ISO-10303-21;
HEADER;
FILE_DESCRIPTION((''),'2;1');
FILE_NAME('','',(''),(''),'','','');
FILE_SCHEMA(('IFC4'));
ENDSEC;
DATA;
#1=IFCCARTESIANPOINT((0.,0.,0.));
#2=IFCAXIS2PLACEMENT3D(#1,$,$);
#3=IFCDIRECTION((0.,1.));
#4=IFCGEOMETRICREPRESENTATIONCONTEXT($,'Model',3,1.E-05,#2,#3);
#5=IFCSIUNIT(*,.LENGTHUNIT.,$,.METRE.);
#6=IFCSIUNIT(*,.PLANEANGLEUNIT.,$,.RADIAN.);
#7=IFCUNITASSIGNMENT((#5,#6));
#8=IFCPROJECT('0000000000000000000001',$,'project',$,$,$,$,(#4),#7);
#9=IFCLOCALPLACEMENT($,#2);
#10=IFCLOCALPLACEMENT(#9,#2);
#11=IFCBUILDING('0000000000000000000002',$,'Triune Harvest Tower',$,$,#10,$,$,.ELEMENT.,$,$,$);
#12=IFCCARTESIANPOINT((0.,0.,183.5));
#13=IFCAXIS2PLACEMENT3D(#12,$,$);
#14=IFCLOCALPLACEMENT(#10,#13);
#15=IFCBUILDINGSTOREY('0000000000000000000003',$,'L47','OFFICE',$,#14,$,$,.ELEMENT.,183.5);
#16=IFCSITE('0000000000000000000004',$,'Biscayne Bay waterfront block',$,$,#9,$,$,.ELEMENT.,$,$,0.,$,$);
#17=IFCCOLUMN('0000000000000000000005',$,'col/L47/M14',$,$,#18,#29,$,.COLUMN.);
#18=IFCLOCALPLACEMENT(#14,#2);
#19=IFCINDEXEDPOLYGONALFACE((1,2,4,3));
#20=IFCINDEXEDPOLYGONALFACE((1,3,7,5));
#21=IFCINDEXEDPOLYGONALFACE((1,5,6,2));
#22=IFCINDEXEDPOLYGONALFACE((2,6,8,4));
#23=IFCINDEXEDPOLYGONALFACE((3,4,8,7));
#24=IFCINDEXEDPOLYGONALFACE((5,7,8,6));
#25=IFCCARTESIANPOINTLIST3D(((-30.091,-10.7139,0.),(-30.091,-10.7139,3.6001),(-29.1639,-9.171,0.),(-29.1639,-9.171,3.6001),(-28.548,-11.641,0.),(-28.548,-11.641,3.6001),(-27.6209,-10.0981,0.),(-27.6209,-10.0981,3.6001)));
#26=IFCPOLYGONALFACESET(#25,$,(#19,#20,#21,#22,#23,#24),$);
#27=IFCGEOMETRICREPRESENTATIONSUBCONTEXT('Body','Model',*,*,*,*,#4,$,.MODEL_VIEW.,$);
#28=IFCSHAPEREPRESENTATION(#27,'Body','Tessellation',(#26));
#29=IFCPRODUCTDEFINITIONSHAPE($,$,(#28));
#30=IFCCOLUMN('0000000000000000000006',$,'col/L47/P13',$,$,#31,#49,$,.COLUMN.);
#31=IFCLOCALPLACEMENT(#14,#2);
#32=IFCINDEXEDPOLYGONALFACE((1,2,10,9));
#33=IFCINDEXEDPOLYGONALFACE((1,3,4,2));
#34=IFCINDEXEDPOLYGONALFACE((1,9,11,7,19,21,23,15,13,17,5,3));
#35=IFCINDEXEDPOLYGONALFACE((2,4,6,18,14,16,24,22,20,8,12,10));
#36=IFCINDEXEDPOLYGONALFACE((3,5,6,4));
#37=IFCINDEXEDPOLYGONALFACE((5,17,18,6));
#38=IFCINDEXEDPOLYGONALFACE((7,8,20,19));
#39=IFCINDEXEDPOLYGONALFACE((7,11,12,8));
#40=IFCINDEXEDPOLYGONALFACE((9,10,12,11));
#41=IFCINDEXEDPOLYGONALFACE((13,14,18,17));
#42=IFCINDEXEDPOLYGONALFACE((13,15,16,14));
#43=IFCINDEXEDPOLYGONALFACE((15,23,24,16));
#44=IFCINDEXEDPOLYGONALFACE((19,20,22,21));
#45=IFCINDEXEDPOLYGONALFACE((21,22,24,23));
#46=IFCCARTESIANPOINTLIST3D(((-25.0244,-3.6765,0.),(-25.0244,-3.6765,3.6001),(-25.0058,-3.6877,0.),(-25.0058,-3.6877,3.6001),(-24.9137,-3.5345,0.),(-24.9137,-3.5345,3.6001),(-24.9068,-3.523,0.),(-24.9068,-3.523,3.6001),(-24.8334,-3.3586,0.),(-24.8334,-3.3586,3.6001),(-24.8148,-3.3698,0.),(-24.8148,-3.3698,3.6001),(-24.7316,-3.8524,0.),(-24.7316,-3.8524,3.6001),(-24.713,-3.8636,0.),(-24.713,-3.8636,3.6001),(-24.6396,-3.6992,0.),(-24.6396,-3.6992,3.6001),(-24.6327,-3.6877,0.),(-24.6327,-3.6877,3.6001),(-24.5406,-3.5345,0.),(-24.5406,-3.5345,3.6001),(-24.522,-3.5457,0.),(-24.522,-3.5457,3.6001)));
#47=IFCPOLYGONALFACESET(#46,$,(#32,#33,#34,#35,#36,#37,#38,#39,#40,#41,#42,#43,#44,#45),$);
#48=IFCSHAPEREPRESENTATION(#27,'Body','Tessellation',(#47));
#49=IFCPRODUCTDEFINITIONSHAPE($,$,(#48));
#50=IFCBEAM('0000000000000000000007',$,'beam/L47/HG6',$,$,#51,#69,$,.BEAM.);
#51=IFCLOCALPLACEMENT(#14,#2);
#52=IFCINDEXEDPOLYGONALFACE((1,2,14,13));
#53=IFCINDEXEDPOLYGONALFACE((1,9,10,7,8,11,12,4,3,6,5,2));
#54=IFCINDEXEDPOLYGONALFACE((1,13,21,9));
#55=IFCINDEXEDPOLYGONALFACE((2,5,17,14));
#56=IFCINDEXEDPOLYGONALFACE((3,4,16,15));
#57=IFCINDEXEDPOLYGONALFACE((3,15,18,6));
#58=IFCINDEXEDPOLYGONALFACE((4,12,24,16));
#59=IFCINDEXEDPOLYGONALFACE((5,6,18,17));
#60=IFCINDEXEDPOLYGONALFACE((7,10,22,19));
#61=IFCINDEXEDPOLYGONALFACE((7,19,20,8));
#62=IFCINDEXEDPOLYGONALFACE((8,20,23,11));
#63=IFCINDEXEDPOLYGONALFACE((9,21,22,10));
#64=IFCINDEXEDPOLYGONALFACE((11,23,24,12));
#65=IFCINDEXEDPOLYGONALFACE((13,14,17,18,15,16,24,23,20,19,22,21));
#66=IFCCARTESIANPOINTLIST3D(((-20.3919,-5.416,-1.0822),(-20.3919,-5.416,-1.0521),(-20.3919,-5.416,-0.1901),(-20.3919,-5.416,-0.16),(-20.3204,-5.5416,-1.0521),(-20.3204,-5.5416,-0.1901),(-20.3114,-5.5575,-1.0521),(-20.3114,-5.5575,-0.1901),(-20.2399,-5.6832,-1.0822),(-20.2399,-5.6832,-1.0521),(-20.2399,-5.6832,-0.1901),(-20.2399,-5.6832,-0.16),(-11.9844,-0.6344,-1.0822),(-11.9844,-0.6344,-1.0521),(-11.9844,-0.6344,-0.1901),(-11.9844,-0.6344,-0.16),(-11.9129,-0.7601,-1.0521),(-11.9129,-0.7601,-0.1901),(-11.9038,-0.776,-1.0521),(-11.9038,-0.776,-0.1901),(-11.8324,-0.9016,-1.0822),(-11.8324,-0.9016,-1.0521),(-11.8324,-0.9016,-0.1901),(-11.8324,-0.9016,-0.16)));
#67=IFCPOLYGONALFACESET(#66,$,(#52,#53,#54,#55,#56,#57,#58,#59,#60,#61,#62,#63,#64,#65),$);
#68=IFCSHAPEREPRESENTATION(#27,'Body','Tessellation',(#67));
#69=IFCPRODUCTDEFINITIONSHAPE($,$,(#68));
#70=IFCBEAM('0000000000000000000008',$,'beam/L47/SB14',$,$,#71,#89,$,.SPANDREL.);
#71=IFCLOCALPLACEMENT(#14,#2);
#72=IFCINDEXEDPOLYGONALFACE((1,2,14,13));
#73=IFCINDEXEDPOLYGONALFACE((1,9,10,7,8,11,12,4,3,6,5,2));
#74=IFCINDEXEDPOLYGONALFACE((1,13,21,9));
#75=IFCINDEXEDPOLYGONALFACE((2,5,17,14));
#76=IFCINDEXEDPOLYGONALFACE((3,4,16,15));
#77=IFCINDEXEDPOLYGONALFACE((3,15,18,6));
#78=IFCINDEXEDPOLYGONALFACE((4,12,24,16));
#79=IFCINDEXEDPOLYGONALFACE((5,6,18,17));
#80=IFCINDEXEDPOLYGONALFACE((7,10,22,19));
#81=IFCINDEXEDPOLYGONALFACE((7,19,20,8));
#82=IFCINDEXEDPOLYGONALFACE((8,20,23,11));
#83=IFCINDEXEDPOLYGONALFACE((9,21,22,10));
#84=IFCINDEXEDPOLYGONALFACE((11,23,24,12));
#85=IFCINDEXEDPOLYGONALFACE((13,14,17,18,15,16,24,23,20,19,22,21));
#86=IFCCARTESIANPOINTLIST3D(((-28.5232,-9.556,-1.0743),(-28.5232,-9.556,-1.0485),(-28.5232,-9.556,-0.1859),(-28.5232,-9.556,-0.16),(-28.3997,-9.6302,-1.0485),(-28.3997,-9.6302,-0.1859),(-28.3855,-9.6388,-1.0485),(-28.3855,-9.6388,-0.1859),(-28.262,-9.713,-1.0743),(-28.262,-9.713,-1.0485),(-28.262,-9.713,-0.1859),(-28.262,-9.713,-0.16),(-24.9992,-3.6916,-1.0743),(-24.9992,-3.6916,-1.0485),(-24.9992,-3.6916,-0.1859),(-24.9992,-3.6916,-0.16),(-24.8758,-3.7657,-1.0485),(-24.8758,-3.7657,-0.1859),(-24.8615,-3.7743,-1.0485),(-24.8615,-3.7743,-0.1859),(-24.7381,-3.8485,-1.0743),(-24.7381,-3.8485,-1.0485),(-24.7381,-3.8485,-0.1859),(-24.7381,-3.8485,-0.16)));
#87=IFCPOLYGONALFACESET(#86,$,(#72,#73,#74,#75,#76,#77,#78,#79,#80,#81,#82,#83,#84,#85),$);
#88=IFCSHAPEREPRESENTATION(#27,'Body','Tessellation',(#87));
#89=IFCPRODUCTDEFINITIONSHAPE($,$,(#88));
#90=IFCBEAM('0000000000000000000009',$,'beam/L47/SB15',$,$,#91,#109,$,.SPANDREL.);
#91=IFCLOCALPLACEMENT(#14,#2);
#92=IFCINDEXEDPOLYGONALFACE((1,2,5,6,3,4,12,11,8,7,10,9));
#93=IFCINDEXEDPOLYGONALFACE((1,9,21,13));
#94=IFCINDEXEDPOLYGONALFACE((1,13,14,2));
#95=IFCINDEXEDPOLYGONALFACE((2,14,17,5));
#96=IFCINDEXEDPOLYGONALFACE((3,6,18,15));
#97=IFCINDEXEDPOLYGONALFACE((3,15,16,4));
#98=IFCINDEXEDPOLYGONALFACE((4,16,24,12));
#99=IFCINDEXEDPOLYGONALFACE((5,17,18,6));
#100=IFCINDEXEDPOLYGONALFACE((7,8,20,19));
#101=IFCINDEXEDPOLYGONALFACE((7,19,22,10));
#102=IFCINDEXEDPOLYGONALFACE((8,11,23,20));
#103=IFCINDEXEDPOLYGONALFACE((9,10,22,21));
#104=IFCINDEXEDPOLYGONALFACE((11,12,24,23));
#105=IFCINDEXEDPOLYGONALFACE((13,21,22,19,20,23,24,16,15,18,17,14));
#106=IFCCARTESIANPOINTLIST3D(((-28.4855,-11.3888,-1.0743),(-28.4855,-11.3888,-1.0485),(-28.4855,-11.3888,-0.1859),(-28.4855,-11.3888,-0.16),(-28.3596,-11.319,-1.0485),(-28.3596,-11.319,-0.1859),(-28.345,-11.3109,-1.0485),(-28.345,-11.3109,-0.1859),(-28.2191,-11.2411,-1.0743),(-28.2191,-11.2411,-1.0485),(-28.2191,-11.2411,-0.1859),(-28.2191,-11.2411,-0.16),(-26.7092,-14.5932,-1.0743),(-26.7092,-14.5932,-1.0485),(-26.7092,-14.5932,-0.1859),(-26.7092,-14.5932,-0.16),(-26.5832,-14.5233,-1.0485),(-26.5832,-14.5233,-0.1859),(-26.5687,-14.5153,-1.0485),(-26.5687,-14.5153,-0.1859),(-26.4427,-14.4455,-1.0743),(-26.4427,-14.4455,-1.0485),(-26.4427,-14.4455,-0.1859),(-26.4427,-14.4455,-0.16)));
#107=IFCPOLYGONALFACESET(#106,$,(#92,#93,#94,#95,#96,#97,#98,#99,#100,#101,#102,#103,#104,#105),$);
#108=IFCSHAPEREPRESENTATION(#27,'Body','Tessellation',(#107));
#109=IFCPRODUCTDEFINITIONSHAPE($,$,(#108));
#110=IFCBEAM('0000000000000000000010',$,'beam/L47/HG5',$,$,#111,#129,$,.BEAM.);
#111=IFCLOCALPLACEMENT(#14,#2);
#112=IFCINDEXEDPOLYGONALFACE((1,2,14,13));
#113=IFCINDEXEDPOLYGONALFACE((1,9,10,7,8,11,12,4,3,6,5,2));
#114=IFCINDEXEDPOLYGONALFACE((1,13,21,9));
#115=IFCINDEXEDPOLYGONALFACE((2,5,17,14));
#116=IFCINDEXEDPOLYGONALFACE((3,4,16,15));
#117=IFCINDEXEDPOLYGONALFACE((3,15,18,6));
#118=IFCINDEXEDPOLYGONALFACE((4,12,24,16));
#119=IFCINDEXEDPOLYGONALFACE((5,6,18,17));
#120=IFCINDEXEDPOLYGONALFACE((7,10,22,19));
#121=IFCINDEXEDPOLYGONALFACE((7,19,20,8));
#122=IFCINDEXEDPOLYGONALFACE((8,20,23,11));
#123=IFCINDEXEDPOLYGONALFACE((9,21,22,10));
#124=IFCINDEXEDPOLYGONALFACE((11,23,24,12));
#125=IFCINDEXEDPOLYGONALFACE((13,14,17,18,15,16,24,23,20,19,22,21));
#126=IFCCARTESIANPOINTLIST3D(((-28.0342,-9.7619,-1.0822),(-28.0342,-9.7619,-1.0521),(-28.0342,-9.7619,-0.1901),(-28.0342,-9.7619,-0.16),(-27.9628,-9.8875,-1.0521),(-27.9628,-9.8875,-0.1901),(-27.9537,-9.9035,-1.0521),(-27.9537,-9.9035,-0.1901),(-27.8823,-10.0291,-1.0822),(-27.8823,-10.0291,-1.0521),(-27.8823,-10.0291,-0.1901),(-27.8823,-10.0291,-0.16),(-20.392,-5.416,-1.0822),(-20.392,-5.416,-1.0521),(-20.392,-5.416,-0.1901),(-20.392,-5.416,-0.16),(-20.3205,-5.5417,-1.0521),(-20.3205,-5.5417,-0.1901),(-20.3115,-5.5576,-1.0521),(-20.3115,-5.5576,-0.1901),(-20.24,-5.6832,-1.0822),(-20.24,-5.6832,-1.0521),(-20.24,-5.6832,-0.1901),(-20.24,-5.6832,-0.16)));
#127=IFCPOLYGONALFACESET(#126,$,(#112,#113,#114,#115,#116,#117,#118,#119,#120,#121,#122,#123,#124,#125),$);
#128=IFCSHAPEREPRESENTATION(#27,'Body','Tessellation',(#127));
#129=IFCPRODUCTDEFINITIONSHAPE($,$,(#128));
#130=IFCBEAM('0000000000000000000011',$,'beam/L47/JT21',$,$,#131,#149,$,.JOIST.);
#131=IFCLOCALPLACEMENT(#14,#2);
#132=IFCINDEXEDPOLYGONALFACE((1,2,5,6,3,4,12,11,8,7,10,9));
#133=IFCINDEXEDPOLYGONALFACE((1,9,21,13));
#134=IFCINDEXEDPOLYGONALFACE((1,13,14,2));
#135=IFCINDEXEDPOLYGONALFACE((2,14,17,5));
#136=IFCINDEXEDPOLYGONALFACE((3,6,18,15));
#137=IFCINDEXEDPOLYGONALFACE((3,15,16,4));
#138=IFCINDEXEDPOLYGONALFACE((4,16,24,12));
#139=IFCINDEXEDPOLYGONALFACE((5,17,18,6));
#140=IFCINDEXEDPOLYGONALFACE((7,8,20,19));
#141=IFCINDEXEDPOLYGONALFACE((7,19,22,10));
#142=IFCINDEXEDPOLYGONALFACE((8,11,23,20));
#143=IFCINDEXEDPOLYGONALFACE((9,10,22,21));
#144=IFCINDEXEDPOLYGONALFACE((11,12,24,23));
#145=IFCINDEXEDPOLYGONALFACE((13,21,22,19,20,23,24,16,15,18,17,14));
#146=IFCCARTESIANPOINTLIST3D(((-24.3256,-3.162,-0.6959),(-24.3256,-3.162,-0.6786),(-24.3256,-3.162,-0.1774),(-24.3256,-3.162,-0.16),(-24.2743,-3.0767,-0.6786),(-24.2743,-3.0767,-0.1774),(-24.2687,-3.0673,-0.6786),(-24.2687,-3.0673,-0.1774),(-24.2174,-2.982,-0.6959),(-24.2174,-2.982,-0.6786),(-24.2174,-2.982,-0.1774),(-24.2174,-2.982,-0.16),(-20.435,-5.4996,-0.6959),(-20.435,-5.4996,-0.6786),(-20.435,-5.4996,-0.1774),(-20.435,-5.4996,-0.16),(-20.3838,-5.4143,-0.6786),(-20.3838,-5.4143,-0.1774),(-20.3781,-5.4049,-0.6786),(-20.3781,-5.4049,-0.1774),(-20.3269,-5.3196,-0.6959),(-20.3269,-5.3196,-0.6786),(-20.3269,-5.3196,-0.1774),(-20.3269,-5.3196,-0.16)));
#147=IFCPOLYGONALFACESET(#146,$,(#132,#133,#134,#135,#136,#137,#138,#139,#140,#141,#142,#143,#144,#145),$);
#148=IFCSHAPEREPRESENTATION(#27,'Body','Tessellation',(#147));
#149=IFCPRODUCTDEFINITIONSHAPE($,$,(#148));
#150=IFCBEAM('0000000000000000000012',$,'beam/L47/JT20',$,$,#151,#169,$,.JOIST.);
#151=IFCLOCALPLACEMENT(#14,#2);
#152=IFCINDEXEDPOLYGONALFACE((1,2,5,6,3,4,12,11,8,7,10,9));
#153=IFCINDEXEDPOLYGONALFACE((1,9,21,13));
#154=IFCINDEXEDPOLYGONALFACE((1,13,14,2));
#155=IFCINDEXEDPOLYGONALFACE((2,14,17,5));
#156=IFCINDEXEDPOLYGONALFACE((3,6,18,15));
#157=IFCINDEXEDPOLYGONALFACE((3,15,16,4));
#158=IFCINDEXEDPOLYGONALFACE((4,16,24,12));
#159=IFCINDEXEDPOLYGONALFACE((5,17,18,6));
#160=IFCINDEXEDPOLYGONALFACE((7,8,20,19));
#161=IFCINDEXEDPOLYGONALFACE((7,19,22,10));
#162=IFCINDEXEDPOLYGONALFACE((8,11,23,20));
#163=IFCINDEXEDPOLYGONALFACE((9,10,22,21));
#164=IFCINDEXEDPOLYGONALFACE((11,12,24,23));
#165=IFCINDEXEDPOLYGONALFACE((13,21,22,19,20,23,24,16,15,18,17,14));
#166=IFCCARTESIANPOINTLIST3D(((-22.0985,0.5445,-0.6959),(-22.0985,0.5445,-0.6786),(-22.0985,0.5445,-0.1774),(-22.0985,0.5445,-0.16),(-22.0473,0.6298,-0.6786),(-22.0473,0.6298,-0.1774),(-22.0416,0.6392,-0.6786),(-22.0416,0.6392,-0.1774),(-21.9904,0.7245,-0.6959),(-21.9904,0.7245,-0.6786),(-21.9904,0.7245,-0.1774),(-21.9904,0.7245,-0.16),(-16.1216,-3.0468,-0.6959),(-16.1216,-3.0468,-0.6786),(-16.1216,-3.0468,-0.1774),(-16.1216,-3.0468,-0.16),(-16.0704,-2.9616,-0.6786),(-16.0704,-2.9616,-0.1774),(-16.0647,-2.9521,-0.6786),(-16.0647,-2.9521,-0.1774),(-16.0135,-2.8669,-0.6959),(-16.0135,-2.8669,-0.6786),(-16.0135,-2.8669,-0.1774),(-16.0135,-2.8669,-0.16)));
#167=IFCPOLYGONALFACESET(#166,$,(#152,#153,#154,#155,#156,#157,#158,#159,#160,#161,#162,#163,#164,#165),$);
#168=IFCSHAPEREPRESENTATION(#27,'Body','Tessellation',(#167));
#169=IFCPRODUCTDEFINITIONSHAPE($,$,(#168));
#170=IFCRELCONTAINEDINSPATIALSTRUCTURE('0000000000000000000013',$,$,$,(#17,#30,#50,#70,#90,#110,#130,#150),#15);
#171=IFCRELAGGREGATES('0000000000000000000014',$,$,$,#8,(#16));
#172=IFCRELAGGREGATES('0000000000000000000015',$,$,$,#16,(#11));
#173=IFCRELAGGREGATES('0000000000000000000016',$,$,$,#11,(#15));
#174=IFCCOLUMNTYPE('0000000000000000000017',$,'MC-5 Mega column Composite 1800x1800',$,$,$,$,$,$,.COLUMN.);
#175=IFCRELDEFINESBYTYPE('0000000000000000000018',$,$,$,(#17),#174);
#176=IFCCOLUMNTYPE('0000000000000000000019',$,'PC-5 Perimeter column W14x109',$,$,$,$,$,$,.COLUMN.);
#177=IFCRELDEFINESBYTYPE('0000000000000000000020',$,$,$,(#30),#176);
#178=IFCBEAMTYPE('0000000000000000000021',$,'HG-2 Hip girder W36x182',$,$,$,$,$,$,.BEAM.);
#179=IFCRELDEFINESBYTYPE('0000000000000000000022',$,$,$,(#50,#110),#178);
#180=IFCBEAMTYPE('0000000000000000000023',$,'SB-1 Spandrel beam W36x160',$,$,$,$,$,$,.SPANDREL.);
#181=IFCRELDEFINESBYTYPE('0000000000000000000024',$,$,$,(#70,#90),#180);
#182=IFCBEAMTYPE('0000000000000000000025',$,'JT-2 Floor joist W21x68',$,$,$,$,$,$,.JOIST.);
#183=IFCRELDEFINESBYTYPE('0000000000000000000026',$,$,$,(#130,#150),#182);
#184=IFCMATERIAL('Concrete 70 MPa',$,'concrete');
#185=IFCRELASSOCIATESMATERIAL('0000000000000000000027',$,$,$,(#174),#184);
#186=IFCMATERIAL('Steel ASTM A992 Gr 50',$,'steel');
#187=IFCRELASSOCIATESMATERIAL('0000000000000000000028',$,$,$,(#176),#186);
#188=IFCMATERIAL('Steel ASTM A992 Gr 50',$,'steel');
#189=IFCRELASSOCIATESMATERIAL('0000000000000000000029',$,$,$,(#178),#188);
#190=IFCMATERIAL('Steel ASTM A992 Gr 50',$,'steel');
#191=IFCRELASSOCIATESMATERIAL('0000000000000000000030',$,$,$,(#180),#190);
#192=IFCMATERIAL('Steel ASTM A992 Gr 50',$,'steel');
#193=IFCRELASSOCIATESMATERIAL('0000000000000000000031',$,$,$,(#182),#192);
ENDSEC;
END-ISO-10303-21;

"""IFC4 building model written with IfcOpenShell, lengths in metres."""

from ifc_helpers import new_model, si_unit, direction, frame, origin, origin_2d, place, context, subcontext, project, spatial, rectangle, i_section, extrude, source, transform, mapped, material, material_profile, profile_set, type_object, element, save


model = new_model("IFC4")

# Units and contexts
model_context = context("Model", 3, precision=1e-05, world=origin(), true_north=direction((0.0, 1.0)))
body_context = subcontext(model_context, "Body", "Model", "MODEL_VIEW")
ifc_project = project(units=[si_unit("LENGTHUNIT", "METRE"), si_unit("PLANEANGLEUNIT", "RADIAN")], contexts=[model_context])

# Site, building, storey
site_placement = place(None, origin())
site = spatial("IfcSite", under=ifc_project, at=site_placement, Name="Biscayne Bay waterfront block", CompositionType="ELEMENT", RefElevation=0.0)
building_placement = place(site_placement, origin())
building = spatial("IfcBuilding", under=site, at=building_placement, Name="Triune Harvest Tower", CompositionType="ELEMENT")
storey_placement = place(building_placement, frame((0.0, 0.0, 183.5)))
storey = spatial("IfcBuildingStorey", under=building, at=storey_placement, Name="L47", Description="OFFICE", CompositionType="ELEMENT", Elevation=183.5)

# Columns
ifc_material_1 = material(Name="Concrete 70 MPa", Category="concrete")
ifc_material_profile_1 = material_profile(ifc_material_1, rectangle(XDim=1.8, YDim=1.8, at=origin_2d()), Name="Composite 1800x1800")
ifc_profile_set_1 = profile_set([ifc_material_profile_1], Name="Concrete 70 MPa")
column_type_1 = type_object("IfcColumnType", Name="MC-5 Mega column Composite 1800x1800", PredefinedType="COLUMN", material=ifc_profile_set_1)
shared_shape_1 = source(origin(), body_context, "Body", "SweptSolid", [
    extrude(rectangle(XDim=1.8, YDim=1.8, at=origin_2d()), origin(), (0.0, 0.0, 1.0), 3.6001),
])
column_1_placement = place(storey_placement, frame((-28.856, -10.406, 0.0), z_axis=(0.0, 0.0, 1.0), x_axis=(-0.515037, -0.857168, 0.0)))
element("IfcColumn", 1, at=column_1_placement, inside=storey, type_object=column_type_1, Name="col/L47/M14", PredefinedType="COLUMN", context=body_context, shape_type="MappedRepresentation", body=[
    mapped(shared_shape_1, transform((0.0, 0.0, 0.0), scale=1.0)),
])
ifc_material_2 = material(Name="Steel ASTM A992 Gr 50", Category="steel")
ifc_material_profile_2 = material_profile(ifc_material_2, i_section(OverallWidth=0.3708, OverallDepth=0.3633, WebThickness=0.0134, FlangeThickness=0.0217, at=origin_2d()), Name="W14x109")
ifc_profile_set_2 = profile_set([ifc_material_profile_2], Name="Steel ASTM A992 Gr 50")
column_type_2 = type_object("IfcColumnType", Name="PC-5 Perimeter column W14x109", PredefinedType="COLUMN", material=ifc_profile_set_2)
shared_shape_2 = source(origin(), body_context, "Body", "SweptSolid", [
    extrude(i_section(OverallWidth=0.3708, OverallDepth=0.3633, WebThickness=0.0134, FlangeThickness=0.0217, at=origin_2d()), origin(), (0.0, 0.0, 1.0), 3.6001),
])
column_2_placement = place(storey_placement, frame((-24.7732, -3.6111, 0.0), z_axis=(0.0, 0.0, 1.0), x_axis=(-0.515037, -0.857168, 0.0)))
element("IfcColumn", 2, at=column_2_placement, inside=storey, type_object=column_type_2, Name="col/L47/P13", PredefinedType="COLUMN", context=body_context, shape_type="MappedRepresentation", body=[
    mapped(shared_shape_2, transform((0.0, 0.0, 0.0), scale=1.0)),
])

# Beams
ifc_material_3 = material(Name="Steel ASTM A992 Gr 50", Category="steel")
ifc_material_profile_3 = material_profile(ifc_material_3, i_section(OverallWidth=0.3074, OverallDepth=0.9221, WebThickness=0.0183, FlangeThickness=0.03, at=origin_2d()), Name="W36x182")
ifc_profile_set_3 = profile_set([ifc_material_profile_3], Name="Steel ASTM A992 Gr 50")
beam_type_1 = type_object("IfcBeamType", Name="HG-2 Hip girder W36x182", PredefinedType="BEAM", material=ifc_profile_set_3)
shared_shape_3 = source(origin(), body_context, "Body", "SweptSolid", [
    extrude(i_section(OverallWidth=0.3074, OverallDepth=0.9221, WebThickness=0.0183, FlangeThickness=0.03, at=origin_2d()), origin(), (0.0, 0.0, 1.0), 9.6721),
])
beam_1_placement = place(storey_placement, frame((-20.3159, -5.5496, -0.6211), z_axis=(0.869256, 0.494363, 0.0), x_axis=(-0.494363, 0.869256, 0.0)))
element("IfcBeam", 3, at=beam_1_placement, inside=storey, type_object=beam_type_1, Name="beam/L47/HG6", PredefinedType="BEAM", context=body_context, shape_type="MappedRepresentation", body=[
    mapped(shared_shape_3, transform((0.0, 0.0, 0.0), scale=1.0)),
])
ifc_material_4 = material(Name="Steel ASTM A992 Gr 50", Category="steel")
ifc_material_profile_4 = material_profile(ifc_material_4, i_section(OverallWidth=0.3047, OverallDepth=0.9143, WebThickness=0.0166, FlangeThickness=0.0259, at=origin_2d()), Name="W36x160")
ifc_profile_set_4 = profile_set([ifc_material_profile_4], Name="Steel ASTM A992 Gr 50")
beam_type_2 = type_object("IfcBeamType", Name="SB-1 Spandrel beam W36x160", PredefinedType="SPANDREL", material=ifc_profile_set_4)
shared_shape_4 = source(origin(), body_context, "Body", "SweptSolid", [
    extrude(i_section(OverallWidth=0.3047, OverallDepth=0.9143, WebThickness=0.0166, FlangeThickness=0.0259, at=origin_2d()), origin(), (0.0, 0.0, 1.0), 6.8418),
])
beam_2_placement = place(storey_placement, frame((-24.8687, -3.77, -0.6172), z_axis=(-0.515057, -0.857156, 0.0), x_axis=(0.857156, -0.515057, 0.0)))
element("IfcBeam", 4, at=beam_2_placement, inside=storey, type_object=beam_type_2, Name="beam/L47/SB14", PredefinedType="SPANDREL", context=body_context, shape_type="MappedRepresentation", body=[
    mapped(shared_shape_4, transform((0.0, 0.0, 0.0), scale=1.0)),
])
shared_shape_5 = source(origin(), body_context, "Body", "SweptSolid", [
    extrude(i_section(OverallWidth=0.3047, OverallDepth=0.9143, WebThickness=0.0166, FlangeThickness=0.0259, at=origin_2d()), origin(), (0.0, 0.0, 1.0), 3.6638),
])
beam_3_placement = place(storey_placement, frame((-28.3523, -11.3149, -0.6172), z_axis=(0.484845, -0.8746, 0.0), x_axis=(0.8746, 0.484845, 0.0)))
element("IfcBeam", 5, at=beam_3_placement, inside=storey, type_object=beam_type_2, Name="beam/L47/SB15", PredefinedType="SPANDREL", context=body_context, shape_type="MappedRepresentation", body=[
    mapped(shared_shape_5, transform((0.0, 0.0, 0.0), scale=1.0)),
])
shared_shape_6 = source(origin(), body_context, "Body", "SweptSolid", [
    extrude(i_section(OverallWidth=0.3074, OverallDepth=0.9221, WebThickness=0.0183, FlangeThickness=0.03, at=origin_2d()), origin(), (0.0, 0.0, 1.0), 8.7915),
])
beam_4_placement = place(storey_placement, frame((-27.9583, -9.8955, -0.6211), z_axis=(0.869275, 0.494329, 0.0), x_axis=(-0.494329, 0.869275, 0.0)))
element("IfcBeam", 6, at=beam_4_placement, inside=storey, type_object=beam_type_1, Name="beam/L47/HG5", PredefinedType="BEAM", context=body_context, shape_type="MappedRepresentation", body=[
    mapped(shared_shape_6, transform((0.0, 0.0, 0.0), scale=1.0)),
])
ifc_material_5 = material(Name="Steel ASTM A992 Gr 50", Category="steel")
ifc_material_profile_5 = material_profile(ifc_material_5, i_section(OverallWidth=0.21, OverallDepth=0.5359, WebThickness=0.011, FlangeThickness=0.0173, at=origin_2d()), Name="W21x68")
ifc_profile_set_5 = profile_set([ifc_material_profile_5], Name="Steel ASTM A992 Gr 50")
beam_type_3 = type_object("IfcBeamType", Name="JT-2 Floor joist W21x68", PredefinedType="JOIST", material=ifc_profile_set_5)
shared_shape_7 = source(origin(), body_context, "Body", "SweptSolid", [
    extrude(i_section(OverallWidth=0.21, OverallDepth=0.5359, WebThickness=0.011, FlangeThickness=0.0173, at=origin_2d()), origin(), (0.0, 0.0, 1.0), 4.5388),
])
beam_5_placement = place(storey_placement, frame((-24.2715, -3.072, -0.428), z_axis=(0.857175, -0.515026, 0.0), x_axis=(0.515026, 0.857175, 0.0)))
element("IfcBeam", 7, at=beam_5_placement, inside=storey, type_object=beam_type_3, Name="beam/L47/JT21", PredefinedType="JOIST", context=body_context, shape_type="MappedRepresentation", body=[
    mapped(shared_shape_7, transform((0.0, 0.0, 0.0), scale=1.0)),
])
shared_shape_8 = source(origin(), body_context, "Body", "SweptSolid", [
    extrude(i_section(OverallWidth=0.21, OverallDepth=0.5359, WebThickness=0.011, FlangeThickness=0.0173, at=origin_2d()), origin(), (0.0, 0.0, 1.0), 6.9729),
])
beam_6_placement = place(storey_placement, frame((-22.0444, 0.6345, -0.428), z_axis=(0.857162, -0.515047, 0.0), x_axis=(0.515047, 0.857162, 0.0)))
element("IfcBeam", 8, at=beam_6_placement, inside=storey, type_object=beam_type_3, Name="beam/L47/JT20", PredefinedType="JOIST", context=body_context, shape_type="MappedRepresentation", body=[
    mapped(shared_shape_8, transform((0.0, 0.0, 0.0), scale=1.0)),
])

save(model, "model.ifc")
